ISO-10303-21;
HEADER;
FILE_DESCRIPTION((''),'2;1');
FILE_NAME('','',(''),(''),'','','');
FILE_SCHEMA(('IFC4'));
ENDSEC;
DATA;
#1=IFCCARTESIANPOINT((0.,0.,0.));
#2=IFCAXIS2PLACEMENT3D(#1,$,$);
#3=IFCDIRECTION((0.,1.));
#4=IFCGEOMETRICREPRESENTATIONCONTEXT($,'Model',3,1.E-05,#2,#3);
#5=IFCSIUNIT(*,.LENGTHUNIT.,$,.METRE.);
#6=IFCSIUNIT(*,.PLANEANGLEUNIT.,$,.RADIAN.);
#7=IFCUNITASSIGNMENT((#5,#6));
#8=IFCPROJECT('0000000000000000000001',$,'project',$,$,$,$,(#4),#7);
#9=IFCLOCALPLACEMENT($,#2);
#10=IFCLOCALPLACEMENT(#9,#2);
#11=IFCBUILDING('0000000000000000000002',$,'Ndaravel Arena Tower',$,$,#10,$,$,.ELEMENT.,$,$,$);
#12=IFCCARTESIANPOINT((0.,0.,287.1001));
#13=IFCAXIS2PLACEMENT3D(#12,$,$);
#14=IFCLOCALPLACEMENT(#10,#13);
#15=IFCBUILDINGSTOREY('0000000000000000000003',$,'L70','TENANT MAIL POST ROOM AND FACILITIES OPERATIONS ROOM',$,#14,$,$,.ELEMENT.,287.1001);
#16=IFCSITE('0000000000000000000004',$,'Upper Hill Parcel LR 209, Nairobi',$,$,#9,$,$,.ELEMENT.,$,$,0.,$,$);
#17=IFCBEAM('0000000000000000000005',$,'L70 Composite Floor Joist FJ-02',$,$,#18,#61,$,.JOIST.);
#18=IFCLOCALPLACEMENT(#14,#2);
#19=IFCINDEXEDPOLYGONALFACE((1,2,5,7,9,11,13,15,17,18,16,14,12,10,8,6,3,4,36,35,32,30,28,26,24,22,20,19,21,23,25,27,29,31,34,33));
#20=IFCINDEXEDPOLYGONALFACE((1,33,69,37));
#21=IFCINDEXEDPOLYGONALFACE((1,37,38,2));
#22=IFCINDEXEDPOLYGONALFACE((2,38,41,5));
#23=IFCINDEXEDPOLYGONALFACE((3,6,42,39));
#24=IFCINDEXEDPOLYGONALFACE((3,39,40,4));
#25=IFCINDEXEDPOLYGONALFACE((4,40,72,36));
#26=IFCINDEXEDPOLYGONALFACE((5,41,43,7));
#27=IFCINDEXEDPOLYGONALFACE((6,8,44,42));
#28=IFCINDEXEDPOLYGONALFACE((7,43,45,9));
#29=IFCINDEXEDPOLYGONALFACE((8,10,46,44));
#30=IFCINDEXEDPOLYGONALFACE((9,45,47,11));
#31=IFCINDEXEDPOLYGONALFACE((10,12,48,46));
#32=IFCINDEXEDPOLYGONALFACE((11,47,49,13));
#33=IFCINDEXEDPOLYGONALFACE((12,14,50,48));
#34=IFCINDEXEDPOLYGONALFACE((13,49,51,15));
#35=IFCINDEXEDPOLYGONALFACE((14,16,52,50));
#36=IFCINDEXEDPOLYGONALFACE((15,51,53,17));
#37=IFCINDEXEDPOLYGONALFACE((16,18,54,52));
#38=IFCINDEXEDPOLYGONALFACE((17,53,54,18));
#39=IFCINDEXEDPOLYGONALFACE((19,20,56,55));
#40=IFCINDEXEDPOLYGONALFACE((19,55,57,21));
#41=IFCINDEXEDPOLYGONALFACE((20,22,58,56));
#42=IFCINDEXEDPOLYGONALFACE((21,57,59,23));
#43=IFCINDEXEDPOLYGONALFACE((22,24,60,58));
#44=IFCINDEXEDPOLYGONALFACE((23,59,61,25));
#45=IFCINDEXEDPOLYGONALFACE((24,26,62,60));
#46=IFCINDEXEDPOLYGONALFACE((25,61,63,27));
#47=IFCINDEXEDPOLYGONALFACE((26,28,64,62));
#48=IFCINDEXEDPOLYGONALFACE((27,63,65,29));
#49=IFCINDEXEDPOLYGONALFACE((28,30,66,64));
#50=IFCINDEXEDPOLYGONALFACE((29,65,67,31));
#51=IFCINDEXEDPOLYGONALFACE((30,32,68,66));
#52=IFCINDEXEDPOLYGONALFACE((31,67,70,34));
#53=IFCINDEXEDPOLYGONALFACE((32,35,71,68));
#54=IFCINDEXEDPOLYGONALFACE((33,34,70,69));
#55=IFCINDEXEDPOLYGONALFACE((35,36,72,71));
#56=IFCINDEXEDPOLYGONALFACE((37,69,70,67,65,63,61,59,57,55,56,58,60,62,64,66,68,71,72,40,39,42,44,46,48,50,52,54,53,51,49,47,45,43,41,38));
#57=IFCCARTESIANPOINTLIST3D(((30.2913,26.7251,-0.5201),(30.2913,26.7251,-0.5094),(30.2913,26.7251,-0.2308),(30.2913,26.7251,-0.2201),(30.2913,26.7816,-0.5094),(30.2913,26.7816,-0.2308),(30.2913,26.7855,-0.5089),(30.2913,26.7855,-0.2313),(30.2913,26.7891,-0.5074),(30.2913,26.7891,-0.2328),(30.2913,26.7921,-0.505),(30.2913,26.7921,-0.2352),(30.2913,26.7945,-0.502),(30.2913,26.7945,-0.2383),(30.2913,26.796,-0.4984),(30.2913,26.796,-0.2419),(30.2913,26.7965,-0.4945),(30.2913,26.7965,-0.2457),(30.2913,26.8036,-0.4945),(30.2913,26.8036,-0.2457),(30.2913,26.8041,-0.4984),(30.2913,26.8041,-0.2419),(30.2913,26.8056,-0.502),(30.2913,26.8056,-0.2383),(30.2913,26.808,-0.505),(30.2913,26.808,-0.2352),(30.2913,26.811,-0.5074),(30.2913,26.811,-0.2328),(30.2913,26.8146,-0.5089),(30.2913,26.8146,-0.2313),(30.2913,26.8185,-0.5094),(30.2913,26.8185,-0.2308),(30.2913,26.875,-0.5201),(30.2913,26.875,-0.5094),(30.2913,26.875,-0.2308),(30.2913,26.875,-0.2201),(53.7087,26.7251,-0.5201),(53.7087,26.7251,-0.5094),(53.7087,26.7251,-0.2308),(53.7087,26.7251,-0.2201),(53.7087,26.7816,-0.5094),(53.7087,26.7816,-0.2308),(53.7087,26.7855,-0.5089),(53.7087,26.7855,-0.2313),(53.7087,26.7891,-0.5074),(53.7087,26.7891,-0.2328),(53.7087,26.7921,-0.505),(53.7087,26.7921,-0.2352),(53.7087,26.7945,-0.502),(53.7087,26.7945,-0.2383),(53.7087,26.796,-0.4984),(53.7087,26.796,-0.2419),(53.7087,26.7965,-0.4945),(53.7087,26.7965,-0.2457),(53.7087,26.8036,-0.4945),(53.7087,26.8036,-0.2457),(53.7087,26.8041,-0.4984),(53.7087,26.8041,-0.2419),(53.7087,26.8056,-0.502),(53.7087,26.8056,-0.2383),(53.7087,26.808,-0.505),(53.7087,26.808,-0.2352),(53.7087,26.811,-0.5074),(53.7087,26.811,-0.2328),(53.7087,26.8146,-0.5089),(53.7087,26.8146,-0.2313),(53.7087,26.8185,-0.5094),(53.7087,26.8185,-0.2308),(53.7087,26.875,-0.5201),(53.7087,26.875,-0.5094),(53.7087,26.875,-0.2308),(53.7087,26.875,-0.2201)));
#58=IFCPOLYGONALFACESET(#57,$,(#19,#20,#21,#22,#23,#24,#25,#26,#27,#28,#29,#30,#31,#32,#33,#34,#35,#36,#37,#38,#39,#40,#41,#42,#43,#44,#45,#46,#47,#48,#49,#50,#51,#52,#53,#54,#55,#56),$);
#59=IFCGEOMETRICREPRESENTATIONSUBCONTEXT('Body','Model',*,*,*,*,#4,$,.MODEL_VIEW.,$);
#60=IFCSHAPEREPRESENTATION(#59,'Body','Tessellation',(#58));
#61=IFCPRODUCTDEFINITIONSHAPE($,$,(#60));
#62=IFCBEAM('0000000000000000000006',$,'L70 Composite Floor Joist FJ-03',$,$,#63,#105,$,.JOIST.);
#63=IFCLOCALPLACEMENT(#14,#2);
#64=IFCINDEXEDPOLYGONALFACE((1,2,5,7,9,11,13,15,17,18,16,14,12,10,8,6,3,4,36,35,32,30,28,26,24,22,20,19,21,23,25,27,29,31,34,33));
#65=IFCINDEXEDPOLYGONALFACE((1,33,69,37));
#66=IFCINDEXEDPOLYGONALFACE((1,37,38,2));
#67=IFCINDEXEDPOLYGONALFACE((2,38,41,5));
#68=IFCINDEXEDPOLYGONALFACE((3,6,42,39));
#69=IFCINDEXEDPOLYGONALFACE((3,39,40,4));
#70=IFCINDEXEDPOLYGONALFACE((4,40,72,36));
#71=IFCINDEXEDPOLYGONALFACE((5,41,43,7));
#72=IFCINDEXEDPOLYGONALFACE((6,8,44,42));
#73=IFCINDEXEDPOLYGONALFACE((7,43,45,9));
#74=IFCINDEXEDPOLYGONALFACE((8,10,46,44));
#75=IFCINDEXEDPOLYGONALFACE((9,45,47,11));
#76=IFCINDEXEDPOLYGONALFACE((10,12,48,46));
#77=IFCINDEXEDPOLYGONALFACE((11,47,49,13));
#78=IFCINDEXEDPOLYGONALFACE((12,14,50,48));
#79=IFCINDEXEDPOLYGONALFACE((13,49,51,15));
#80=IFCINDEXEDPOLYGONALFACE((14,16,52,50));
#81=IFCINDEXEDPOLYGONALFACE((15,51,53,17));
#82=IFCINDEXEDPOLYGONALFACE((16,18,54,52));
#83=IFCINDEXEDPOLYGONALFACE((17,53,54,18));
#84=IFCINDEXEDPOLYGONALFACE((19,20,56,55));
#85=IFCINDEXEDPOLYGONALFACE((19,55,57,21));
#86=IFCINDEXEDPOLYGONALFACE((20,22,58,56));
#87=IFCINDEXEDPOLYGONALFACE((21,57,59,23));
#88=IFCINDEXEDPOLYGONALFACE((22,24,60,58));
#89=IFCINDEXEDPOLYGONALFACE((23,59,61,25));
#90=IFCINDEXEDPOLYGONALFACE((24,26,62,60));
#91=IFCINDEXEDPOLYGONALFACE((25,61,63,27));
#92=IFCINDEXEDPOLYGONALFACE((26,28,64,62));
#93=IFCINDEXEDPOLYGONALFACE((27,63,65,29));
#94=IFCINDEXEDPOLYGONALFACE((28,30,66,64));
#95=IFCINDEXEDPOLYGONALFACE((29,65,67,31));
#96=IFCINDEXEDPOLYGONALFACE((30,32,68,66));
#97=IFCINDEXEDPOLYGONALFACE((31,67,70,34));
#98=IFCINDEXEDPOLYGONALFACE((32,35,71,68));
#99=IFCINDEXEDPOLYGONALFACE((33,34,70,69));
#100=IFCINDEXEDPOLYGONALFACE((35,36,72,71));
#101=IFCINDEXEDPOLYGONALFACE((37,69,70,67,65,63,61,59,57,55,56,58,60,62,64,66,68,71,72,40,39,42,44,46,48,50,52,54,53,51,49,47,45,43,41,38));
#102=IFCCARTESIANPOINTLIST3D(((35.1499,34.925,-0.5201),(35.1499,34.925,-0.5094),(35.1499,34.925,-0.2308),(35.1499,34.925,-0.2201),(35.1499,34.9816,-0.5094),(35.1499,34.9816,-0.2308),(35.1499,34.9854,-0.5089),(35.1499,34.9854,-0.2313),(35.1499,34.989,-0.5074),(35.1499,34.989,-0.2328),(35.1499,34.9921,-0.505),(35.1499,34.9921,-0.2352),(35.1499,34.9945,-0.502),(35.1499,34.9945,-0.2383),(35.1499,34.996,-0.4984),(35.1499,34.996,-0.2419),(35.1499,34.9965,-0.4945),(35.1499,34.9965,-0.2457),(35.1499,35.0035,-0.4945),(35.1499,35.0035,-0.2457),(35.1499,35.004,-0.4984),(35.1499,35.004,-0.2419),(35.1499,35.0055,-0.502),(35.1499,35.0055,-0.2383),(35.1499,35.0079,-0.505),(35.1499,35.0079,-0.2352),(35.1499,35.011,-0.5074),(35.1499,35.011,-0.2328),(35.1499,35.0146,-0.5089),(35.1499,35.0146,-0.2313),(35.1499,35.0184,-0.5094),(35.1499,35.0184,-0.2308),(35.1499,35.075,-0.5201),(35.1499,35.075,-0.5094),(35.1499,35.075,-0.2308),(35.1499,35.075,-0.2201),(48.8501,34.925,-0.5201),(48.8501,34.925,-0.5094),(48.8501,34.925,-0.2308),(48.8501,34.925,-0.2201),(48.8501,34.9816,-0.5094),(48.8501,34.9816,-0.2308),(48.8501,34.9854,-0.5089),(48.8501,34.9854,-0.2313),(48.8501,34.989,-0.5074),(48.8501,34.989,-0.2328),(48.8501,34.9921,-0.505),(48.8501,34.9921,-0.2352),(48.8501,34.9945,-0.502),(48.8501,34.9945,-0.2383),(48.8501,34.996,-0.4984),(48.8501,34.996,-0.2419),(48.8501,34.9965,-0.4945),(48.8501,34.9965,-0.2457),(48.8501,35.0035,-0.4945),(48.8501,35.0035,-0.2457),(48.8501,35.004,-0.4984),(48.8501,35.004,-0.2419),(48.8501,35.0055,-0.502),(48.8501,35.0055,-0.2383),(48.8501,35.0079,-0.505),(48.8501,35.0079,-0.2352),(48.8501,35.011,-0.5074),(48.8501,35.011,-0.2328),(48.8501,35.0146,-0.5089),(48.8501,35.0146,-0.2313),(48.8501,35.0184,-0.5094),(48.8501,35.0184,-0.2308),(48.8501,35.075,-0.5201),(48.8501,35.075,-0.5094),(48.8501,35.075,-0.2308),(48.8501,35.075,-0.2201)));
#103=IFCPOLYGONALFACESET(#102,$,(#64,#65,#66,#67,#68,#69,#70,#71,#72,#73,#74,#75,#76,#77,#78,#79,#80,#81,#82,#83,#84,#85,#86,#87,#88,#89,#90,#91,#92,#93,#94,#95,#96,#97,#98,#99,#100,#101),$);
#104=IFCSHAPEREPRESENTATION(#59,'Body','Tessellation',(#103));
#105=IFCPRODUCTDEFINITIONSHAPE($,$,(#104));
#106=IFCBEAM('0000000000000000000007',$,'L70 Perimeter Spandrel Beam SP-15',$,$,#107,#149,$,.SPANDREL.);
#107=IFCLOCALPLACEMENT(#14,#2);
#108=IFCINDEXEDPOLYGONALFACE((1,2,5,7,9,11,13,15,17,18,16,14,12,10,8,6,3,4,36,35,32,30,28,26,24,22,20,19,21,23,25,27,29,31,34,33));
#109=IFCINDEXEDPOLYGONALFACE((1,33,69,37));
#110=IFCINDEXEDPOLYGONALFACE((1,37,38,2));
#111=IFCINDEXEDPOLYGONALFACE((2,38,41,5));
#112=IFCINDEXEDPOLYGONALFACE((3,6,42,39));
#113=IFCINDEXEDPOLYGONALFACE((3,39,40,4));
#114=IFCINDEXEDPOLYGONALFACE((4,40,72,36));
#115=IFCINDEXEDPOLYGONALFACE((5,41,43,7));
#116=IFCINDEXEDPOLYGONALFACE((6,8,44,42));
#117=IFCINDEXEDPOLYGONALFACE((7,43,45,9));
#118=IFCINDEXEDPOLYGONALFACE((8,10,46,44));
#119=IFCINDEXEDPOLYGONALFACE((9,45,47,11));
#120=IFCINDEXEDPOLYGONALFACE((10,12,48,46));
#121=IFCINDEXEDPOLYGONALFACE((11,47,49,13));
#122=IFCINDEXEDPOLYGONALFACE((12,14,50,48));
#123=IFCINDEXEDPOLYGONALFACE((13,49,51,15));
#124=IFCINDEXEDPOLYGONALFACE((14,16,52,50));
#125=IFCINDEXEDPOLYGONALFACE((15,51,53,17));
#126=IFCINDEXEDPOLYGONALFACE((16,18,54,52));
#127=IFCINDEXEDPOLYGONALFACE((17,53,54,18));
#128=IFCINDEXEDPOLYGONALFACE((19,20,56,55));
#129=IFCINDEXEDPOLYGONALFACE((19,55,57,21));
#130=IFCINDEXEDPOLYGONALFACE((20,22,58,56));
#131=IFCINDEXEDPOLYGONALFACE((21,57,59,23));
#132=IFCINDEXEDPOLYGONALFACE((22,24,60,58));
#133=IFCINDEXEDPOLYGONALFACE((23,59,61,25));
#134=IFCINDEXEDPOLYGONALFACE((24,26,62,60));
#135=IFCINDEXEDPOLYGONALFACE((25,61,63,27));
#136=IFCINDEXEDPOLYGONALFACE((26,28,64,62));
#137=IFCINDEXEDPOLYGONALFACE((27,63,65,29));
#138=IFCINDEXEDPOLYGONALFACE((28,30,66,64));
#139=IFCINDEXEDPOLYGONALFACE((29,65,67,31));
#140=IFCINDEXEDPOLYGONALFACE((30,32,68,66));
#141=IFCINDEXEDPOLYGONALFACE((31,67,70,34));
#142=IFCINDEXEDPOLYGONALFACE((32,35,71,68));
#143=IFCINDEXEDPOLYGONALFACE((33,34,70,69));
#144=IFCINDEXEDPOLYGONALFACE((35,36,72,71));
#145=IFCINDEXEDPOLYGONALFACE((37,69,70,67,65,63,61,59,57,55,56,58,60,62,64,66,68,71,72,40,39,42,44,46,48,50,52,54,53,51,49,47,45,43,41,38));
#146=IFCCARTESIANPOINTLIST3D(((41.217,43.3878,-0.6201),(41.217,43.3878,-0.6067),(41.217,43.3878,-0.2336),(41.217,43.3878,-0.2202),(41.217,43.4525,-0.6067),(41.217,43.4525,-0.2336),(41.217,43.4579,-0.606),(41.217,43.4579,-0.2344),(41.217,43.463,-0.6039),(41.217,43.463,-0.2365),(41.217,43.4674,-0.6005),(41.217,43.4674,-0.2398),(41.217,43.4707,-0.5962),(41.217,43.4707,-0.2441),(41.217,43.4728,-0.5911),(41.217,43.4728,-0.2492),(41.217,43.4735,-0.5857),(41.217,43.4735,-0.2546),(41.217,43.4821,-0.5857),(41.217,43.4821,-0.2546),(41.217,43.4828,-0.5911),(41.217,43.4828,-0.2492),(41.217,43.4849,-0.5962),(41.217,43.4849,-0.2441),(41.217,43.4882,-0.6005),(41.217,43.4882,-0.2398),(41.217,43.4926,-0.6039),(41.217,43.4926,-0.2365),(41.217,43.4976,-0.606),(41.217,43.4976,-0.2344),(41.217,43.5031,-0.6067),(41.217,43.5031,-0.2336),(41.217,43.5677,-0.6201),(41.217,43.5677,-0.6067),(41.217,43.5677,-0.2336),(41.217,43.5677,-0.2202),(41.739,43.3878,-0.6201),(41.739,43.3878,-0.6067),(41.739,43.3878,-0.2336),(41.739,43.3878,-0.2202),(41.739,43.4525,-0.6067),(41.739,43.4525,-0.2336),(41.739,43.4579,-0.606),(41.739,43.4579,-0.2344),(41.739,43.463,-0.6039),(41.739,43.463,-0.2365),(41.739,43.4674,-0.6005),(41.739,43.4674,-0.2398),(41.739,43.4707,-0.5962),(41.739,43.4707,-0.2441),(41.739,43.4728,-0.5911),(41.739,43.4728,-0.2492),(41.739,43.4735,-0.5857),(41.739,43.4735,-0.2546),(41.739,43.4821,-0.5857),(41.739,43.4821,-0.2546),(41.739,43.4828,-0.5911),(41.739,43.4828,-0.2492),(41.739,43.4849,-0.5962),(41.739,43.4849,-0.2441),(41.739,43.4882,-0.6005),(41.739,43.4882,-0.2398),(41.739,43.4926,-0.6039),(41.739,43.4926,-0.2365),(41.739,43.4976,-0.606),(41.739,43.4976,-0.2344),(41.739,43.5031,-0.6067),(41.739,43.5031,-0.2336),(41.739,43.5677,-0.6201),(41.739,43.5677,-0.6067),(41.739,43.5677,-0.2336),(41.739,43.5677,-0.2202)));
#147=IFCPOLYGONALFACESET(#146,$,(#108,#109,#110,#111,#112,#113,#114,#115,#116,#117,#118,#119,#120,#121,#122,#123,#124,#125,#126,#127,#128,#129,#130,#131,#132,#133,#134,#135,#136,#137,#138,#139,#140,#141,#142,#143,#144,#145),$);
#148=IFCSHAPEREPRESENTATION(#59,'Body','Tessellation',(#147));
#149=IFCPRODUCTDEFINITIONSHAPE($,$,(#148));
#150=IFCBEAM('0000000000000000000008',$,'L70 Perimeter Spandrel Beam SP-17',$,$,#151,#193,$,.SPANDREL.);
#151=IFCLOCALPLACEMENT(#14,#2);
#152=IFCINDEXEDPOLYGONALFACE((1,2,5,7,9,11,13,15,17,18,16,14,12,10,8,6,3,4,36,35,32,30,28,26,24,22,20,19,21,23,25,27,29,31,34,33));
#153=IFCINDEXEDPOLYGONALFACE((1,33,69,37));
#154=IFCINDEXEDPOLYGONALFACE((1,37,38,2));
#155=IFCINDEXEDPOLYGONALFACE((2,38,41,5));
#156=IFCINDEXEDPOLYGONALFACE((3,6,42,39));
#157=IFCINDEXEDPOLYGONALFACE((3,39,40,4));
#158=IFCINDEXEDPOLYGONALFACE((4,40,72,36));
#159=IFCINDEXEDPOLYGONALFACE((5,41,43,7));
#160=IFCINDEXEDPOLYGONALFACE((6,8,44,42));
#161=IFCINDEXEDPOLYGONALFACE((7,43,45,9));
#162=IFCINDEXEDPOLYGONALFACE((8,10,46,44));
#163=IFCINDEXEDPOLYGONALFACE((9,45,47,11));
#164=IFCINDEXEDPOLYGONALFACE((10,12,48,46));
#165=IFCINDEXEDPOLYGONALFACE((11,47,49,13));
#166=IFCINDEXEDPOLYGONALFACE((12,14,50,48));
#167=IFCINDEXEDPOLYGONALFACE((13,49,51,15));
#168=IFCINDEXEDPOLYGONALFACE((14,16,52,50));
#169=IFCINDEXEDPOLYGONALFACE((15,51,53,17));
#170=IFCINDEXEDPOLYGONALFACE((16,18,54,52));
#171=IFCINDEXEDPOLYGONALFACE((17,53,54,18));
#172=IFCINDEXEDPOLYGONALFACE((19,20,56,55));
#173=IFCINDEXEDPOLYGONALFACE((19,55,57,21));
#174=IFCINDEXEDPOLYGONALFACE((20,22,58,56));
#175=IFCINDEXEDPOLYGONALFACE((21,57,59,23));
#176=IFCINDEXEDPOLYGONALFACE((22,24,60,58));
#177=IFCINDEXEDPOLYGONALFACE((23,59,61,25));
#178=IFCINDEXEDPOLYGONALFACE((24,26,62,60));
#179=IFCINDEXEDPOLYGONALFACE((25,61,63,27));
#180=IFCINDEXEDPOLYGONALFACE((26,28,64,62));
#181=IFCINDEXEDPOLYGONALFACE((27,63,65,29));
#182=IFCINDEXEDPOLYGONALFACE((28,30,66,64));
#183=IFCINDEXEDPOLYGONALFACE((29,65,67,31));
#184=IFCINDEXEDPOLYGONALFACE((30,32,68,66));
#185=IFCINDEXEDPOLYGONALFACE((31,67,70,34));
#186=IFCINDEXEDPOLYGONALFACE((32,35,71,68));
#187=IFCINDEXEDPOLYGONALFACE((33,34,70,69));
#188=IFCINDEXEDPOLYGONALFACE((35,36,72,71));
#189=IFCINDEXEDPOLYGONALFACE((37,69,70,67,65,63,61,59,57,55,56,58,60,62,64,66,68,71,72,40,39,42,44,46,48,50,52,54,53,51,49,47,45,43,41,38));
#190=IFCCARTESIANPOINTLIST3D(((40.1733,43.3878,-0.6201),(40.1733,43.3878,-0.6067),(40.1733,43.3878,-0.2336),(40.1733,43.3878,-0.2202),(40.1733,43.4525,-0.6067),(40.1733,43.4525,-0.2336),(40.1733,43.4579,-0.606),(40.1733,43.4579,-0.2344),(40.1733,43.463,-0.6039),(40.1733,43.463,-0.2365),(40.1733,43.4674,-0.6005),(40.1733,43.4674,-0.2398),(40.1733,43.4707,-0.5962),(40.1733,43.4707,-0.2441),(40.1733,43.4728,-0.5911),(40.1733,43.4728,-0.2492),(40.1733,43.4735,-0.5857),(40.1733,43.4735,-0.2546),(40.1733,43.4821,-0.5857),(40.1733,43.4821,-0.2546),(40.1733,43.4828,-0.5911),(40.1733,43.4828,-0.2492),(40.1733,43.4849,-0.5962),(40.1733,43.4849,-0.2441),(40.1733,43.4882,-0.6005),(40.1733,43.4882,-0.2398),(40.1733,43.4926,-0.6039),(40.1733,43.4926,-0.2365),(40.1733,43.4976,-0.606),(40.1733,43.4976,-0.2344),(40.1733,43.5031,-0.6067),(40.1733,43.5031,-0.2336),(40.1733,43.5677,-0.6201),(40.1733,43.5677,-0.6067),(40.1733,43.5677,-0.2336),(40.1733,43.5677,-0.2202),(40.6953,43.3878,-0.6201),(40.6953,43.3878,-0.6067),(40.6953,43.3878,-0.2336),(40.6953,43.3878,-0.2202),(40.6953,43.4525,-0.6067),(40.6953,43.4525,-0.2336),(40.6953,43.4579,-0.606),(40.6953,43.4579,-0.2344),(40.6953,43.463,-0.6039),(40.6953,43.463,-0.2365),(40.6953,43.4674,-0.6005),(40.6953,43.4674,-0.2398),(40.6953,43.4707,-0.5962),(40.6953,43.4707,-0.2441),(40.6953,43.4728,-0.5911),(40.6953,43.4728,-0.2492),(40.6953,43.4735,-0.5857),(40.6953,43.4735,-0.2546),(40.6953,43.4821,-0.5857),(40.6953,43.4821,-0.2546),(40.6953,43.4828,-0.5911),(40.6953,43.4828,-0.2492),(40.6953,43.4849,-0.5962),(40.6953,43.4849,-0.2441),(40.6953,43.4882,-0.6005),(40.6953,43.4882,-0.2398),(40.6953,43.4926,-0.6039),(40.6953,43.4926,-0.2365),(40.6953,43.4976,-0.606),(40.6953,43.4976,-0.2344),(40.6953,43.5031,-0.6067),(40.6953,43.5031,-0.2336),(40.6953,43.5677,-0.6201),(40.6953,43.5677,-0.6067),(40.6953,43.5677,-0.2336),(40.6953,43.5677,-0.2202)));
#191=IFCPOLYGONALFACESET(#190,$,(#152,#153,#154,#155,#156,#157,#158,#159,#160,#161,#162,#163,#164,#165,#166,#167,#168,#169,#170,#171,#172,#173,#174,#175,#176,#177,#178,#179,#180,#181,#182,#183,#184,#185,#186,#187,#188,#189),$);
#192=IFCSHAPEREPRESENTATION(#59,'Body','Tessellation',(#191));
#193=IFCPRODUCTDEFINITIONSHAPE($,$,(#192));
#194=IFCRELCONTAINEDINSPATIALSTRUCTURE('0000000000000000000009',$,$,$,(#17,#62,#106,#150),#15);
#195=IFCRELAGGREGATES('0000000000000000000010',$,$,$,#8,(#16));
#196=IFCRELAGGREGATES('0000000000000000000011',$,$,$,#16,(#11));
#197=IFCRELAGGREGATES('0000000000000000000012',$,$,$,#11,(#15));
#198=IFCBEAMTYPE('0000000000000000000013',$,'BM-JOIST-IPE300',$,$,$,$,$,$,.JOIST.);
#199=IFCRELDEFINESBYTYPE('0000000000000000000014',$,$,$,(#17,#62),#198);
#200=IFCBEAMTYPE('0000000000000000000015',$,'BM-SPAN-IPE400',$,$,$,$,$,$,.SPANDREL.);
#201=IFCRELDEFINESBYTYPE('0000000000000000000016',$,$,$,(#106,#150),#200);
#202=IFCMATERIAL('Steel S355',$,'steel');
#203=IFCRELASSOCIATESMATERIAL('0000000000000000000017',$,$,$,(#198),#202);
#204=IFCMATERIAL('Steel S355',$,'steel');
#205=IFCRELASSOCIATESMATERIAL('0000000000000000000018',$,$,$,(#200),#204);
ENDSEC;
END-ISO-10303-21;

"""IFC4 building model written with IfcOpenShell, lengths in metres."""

from ifc_helpers import new_model, si_unit, direction, frame, origin, origin_2d, place, context, subcontext, project, spatial, i_section, extrude, material, material_profile, profile_set, type_object, element, save


model = new_model("IFC4")

# Units and contexts
model_context = context("Model", 3, precision=1e-05, world=origin(), true_north=direction((0.0, 1.0)))
body_context = subcontext(model_context, "Body", "Model", "MODEL_VIEW")
ifc_project = project(units=[si_unit("LENGTHUNIT", "METRE"), si_unit("PLANEANGLEUNIT", "RADIAN")], contexts=[model_context])

# Site, building, storey
site_placement = place(None, origin())
site = spatial("IfcSite", under=ifc_project, at=site_placement, Name="Upper Hill Parcel LR 209, Nairobi", CompositionType="ELEMENT", RefElevation=0.0)
building_placement = place(site_placement, origin())
building = spatial("IfcBuilding", under=site, at=building_placement, Name="Ndaravel Arena Tower", CompositionType="ELEMENT")
storey_placement = place(building_placement, frame((0.0, 0.0, 287.1001)))
storey = spatial("IfcBuildingStorey", under=building, at=storey_placement, Name="L70", Description="TENANT MAIL POST ROOM AND FACILITIES OPERATIONS ROOM", CompositionType="ELEMENT", Elevation=287.1001)

# Beams
ifc_material_1 = material(Name="Steel S355", Category="steel")
ifc_material_profile_1 = material_profile(ifc_material_1, i_section(OverallWidth=0.1499, OverallDepth=0.3, WebThickness=0.0071, FlangeThickness=0.0107, FilletRadius=0.0149, at=origin_2d()), Name="IPE 300")
ifc_profile_set_1 = profile_set([ifc_material_profile_1], Name="Steel S355")
beam_type_1 = type_object("IfcBeamType", Name="BM-JOIST-IPE300", PredefinedType="JOIST", material=ifc_profile_set_1)
beam_1_placement = place(storey_placement, frame((30.2913, 26.8, -0.3701), z_axis=(1.0, 0.0, 0.0), x_axis=(0.0, 1.0, 0.0)))
element("IfcBeam", 1, at=beam_1_placement, inside=storey, type_object=beam_type_1, Name="L70 Composite Floor Joist FJ-02", PredefinedType="JOIST", context=body_context, shape_type="SweptSolid", body=[
    extrude(i_section(OverallWidth=0.1499, OverallDepth=0.3, WebThickness=0.0071, FlangeThickness=0.0107, FilletRadius=0.0149, at=origin_2d()), origin(), (0.0, 0.0, 1.0), 23.4175),
])
beam_2_placement = place(storey_placement, frame((35.1499, 35.0, -0.3701), z_axis=(1.0, 0.0, 0.0), x_axis=(0.0, 1.0, 0.0)))
element("IfcBeam", 2, at=beam_2_placement, inside=storey, type_object=beam_type_1, Name="L70 Composite Floor Joist FJ-03", PredefinedType="JOIST", context=body_context, shape_type="SweptSolid", body=[
    extrude(i_section(OverallWidth=0.1499, OverallDepth=0.3, WebThickness=0.0071, FlangeThickness=0.0107, FilletRadius=0.0149, at=origin_2d()), origin(), (0.0, 0.0, 1.0), 13.7002),
])
ifc_material_2 = material(Name="Steel S355", Category="steel")
ifc_material_profile_2 = material_profile(ifc_material_2, i_section(OverallWidth=0.1799, OverallDepth=0.3999, WebThickness=0.0085, FlangeThickness=0.0134, FilletRadius=0.021, at=origin_2d()), Name="IPE 400")
ifc_profile_set_2 = profile_set([ifc_material_profile_2], Name="Steel S355")
beam_type_2 = type_object("IfcBeamType", Name="BM-SPAN-IPE400", PredefinedType="SPANDREL", material=ifc_profile_set_2)
for number, where, z_axis, x_axis, name in (
    (3, (41.739, 43.4778, -0.4202), (-1.0, 0.0, 0.0), (0.0, -1.0, 0.0), "L70 Perimeter Spandrel Beam SP-15"),
    (4, (40.6953, 43.4778, -0.4202), (-1.0, 0.0, 0.0), (0.0, -1.0, 0.0), "L70 Perimeter Spandrel Beam SP-17"),
):
    element("IfcBeam", number, at=place(storey_placement, frame(where, z_axis=z_axis, x_axis=x_axis)), inside=storey, type_object=beam_type_2, Name=name, PredefinedType="SPANDREL", context=body_context, shape_type="SweptSolid", body=[
        extrude(i_section(OverallWidth=0.1799, OverallDepth=0.3999, WebThickness=0.0085, FlangeThickness=0.0134, FilletRadius=0.021, at=origin_2d()), origin(), (0.0, 0.0, 1.0), 0.522),
    ])

save(model, "model.ifc")
